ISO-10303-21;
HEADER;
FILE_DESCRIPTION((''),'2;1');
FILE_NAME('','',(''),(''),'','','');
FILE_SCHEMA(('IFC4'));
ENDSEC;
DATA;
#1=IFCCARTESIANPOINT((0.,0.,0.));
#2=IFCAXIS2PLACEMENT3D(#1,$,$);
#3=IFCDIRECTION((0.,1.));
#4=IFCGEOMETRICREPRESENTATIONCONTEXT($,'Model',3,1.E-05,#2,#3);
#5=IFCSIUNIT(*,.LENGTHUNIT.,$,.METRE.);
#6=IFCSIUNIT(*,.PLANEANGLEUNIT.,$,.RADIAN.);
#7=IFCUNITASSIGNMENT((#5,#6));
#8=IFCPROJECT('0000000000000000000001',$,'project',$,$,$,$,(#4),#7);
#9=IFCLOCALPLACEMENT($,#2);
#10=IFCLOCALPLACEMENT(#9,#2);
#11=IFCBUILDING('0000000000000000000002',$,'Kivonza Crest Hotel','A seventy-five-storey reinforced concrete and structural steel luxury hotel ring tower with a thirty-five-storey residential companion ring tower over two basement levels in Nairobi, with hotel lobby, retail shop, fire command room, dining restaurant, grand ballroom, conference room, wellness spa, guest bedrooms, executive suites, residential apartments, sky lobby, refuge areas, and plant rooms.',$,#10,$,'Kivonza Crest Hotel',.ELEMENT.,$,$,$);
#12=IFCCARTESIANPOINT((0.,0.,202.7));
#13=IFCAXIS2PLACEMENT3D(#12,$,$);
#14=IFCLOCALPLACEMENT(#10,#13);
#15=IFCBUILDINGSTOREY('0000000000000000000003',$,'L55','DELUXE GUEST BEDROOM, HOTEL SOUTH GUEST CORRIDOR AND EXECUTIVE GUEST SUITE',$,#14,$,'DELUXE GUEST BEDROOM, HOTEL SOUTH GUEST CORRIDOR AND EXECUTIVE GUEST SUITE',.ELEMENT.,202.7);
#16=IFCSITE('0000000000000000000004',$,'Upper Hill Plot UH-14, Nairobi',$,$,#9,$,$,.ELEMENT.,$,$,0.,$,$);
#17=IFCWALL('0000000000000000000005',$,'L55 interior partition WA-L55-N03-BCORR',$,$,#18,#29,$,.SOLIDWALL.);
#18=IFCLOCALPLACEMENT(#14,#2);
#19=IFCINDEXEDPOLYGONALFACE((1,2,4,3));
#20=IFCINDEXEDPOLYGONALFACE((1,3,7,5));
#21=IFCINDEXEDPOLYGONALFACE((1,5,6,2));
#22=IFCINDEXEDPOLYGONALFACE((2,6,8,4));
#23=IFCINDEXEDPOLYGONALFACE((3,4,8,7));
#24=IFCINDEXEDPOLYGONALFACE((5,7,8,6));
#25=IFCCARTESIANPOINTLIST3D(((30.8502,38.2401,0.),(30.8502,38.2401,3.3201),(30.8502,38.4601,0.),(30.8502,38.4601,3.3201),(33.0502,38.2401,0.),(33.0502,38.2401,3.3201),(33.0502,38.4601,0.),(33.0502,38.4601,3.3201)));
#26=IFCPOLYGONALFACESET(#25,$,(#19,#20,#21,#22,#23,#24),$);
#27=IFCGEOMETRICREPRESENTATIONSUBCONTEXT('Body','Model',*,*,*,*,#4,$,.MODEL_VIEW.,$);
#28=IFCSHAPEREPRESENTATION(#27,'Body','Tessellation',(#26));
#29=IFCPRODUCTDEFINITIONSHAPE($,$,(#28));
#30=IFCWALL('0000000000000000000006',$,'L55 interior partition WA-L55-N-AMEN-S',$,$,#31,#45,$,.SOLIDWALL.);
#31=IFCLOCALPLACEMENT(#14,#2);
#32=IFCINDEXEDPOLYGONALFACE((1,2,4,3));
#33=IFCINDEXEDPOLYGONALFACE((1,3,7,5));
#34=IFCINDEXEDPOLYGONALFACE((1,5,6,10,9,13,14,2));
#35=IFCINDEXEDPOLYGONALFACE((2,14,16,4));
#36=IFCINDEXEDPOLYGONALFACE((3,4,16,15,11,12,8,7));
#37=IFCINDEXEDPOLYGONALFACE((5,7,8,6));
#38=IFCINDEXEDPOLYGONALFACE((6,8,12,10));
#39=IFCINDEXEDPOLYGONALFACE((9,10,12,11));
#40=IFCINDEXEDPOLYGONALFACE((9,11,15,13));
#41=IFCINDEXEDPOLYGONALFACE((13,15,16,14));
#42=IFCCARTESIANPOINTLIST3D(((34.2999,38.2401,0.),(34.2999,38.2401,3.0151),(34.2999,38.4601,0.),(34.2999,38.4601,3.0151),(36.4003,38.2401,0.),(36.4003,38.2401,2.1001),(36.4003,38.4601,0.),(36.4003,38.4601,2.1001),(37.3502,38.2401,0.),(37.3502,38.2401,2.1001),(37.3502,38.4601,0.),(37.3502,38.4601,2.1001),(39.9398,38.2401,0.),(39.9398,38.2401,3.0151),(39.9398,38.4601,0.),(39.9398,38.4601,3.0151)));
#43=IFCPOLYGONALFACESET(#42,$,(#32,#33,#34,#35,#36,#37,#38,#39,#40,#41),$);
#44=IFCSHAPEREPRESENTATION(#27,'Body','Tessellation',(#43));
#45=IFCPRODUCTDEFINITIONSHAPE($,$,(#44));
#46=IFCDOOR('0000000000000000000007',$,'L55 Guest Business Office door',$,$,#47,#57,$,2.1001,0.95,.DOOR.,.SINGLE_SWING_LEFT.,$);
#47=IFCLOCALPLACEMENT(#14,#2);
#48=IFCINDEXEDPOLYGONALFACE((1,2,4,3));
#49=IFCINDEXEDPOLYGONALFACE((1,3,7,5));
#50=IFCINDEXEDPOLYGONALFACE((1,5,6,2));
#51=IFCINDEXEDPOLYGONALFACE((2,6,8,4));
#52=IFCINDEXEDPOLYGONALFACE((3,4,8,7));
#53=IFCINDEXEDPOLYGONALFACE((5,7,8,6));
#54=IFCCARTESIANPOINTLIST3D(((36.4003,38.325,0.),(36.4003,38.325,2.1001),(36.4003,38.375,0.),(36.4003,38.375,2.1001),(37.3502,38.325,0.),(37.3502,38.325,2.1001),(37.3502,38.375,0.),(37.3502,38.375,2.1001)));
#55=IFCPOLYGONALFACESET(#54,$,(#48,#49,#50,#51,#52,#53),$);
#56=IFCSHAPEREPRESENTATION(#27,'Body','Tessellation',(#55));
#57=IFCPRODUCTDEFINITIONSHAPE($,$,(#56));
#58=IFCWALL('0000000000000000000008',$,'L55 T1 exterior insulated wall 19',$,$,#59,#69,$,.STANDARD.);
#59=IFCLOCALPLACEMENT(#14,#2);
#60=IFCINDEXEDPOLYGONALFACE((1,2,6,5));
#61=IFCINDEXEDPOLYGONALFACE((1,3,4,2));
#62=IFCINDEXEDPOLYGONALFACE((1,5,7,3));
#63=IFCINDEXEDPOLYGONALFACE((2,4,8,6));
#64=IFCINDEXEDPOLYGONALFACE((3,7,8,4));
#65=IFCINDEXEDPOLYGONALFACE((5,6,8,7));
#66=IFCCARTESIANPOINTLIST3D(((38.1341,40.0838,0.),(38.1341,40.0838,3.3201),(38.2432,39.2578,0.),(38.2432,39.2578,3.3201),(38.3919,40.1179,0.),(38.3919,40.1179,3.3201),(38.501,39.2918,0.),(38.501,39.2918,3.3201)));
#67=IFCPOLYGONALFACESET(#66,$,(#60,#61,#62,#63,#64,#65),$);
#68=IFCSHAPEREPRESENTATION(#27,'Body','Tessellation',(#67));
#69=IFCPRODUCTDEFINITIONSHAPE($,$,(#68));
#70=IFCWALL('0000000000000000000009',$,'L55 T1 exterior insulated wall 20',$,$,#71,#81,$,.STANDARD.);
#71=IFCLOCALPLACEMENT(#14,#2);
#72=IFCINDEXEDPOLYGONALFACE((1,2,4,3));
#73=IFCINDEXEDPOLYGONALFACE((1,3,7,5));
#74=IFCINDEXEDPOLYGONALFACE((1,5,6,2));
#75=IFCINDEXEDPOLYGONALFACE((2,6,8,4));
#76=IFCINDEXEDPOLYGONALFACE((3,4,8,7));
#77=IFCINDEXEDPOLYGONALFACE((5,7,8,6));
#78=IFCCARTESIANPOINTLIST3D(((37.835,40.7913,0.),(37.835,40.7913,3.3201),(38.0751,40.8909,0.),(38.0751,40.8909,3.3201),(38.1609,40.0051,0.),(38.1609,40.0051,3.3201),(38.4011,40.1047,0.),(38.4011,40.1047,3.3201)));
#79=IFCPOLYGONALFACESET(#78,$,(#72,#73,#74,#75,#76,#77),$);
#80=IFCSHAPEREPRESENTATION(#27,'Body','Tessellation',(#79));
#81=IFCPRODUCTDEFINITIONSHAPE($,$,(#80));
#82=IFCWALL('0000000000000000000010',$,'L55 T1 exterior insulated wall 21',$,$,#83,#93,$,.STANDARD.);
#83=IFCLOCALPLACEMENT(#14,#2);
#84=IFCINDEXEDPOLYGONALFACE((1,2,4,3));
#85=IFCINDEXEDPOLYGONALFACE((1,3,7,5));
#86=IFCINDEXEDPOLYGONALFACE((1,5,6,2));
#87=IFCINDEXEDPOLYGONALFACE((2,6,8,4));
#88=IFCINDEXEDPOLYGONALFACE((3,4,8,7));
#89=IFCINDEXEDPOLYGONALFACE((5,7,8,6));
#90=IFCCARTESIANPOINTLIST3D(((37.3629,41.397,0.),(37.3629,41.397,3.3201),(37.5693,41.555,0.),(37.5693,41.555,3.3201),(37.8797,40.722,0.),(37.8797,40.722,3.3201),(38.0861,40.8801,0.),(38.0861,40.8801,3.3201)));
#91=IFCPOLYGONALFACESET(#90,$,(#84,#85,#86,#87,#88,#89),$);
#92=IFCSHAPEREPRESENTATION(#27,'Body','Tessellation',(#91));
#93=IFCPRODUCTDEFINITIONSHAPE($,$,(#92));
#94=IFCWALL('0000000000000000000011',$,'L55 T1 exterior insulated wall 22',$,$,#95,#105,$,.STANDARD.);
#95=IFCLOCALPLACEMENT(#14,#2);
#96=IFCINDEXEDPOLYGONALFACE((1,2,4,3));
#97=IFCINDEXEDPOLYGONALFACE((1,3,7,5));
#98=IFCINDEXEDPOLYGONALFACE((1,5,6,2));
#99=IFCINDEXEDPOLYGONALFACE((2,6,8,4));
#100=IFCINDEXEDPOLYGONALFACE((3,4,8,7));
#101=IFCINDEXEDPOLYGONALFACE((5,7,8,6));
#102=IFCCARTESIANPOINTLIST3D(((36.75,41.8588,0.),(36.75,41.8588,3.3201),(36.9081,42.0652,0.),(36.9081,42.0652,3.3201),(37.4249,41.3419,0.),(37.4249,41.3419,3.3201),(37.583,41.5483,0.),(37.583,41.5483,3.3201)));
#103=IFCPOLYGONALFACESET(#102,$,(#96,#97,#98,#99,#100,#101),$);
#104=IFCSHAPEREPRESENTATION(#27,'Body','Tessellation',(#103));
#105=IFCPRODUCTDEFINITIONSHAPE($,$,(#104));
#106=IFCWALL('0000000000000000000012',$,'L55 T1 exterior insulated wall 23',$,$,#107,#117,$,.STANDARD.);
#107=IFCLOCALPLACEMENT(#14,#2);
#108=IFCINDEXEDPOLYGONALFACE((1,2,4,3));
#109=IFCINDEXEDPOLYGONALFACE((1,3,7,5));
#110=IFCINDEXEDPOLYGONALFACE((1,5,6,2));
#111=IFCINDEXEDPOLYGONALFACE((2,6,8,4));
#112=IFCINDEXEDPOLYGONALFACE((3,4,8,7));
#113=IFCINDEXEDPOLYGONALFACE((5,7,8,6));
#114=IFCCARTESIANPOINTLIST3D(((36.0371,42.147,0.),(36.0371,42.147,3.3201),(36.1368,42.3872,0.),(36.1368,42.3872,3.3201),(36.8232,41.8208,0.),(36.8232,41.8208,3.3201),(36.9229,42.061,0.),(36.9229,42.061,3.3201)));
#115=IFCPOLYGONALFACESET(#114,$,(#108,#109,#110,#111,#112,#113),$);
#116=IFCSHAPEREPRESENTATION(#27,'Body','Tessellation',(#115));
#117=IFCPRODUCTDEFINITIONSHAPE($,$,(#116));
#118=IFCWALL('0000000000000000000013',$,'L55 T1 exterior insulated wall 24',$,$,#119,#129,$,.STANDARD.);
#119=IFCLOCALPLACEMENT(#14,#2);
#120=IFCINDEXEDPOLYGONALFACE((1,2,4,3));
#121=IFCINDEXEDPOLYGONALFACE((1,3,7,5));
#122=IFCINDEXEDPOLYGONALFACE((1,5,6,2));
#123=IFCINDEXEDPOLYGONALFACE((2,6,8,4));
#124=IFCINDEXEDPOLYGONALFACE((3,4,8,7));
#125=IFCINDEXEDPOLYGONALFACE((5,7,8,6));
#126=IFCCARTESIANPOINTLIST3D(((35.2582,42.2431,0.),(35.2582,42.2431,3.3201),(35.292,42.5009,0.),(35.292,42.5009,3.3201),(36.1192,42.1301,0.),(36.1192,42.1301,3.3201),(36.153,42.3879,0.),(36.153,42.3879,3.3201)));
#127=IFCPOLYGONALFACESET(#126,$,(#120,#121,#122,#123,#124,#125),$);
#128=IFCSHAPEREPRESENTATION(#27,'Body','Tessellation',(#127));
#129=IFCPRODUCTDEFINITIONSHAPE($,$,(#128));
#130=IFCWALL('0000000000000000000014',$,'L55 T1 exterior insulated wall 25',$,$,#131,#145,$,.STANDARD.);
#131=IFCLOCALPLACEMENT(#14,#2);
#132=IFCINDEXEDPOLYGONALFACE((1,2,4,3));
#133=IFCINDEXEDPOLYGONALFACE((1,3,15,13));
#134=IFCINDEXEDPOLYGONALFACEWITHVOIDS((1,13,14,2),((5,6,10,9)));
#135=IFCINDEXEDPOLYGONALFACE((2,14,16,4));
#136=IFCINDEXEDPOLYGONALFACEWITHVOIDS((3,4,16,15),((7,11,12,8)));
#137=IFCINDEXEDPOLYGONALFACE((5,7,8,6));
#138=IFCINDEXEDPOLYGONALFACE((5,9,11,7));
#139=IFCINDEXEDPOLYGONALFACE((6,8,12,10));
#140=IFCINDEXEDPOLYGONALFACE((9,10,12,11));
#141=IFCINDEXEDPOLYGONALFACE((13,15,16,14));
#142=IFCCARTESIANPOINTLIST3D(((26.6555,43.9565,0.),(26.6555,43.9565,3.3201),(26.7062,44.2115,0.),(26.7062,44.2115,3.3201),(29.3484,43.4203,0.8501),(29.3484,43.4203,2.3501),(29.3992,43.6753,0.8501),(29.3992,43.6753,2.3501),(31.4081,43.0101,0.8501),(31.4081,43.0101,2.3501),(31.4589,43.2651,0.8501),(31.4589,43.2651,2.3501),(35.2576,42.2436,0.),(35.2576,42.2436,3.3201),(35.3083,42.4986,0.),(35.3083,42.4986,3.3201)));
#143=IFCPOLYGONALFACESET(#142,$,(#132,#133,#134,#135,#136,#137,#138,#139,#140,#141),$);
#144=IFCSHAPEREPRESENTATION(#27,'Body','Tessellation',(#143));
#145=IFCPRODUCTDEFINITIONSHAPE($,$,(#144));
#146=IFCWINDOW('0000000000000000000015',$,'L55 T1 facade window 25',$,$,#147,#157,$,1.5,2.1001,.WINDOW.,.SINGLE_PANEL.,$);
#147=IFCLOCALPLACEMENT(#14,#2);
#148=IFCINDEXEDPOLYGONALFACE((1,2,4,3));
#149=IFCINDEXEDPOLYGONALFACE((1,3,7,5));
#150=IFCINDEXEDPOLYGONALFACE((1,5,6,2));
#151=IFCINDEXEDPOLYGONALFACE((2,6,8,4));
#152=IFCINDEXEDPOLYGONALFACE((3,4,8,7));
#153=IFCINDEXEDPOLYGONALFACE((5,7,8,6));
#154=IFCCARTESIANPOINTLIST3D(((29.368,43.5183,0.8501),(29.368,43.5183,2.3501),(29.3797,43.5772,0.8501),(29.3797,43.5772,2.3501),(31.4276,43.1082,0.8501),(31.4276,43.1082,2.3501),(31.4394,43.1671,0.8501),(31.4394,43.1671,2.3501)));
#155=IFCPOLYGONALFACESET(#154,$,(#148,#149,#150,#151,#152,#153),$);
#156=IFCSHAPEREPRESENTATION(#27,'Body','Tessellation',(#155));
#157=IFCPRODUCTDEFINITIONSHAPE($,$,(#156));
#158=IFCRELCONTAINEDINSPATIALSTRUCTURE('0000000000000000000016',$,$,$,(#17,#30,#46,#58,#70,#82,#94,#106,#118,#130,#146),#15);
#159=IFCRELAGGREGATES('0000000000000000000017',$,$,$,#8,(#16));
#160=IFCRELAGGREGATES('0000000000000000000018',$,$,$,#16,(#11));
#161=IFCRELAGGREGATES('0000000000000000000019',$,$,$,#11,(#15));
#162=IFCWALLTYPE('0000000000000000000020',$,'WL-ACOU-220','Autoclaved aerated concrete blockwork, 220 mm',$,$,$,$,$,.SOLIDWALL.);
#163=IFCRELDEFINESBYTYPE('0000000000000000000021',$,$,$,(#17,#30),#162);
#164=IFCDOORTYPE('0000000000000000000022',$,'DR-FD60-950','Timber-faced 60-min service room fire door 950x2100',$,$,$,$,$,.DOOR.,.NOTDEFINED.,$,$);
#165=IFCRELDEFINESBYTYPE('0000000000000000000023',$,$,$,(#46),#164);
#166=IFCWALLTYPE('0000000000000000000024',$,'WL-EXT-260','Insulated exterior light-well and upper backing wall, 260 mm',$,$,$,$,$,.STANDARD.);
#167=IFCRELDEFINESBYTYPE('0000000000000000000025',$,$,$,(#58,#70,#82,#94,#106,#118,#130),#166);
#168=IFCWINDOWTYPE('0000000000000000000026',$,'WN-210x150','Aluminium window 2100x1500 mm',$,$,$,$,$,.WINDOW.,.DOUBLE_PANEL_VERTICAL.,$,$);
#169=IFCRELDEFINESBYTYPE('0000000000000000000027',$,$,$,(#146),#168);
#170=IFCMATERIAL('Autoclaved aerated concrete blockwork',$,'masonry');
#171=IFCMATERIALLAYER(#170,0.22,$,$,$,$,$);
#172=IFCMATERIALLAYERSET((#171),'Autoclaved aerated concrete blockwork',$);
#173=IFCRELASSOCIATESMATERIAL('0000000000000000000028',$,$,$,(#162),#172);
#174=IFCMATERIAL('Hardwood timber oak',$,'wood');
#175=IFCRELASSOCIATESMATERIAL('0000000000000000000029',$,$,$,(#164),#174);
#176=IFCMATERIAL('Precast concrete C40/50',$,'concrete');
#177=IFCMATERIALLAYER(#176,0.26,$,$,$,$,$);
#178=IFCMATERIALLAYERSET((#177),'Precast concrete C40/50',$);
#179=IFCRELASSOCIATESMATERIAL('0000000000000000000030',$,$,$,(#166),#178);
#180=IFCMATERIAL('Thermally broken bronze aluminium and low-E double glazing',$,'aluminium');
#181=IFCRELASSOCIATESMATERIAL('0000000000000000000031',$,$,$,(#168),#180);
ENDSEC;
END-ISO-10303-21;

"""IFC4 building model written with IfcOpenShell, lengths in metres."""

from ifc_helpers import new_model, si_unit, direction, frame, frame_2d, origin, place, context, subcontext, project, spatial, rectangle, extrude, material, layer, layer_set, type_object, element, fill, save


model = new_model("IFC4")

# Units and contexts
model_context = context("Model", 3, precision=1e-05, world=origin(), true_north=direction((0.0, 1.0)))
body_context = subcontext(model_context, "Body", "Model", "MODEL_VIEW")
ifc_project = project(units=[si_unit("LENGTHUNIT", "METRE"), si_unit("PLANEANGLEUNIT", "RADIAN")], contexts=[model_context])

# Site, building, storey
site_placement = place(None, origin())
site = spatial("IfcSite", under=ifc_project, at=site_placement, Name="Upper Hill Plot UH-14, Nairobi", CompositionType="ELEMENT", RefElevation=0.0)
building_placement = place(site_placement, origin())
building = spatial("IfcBuilding", under=site, at=building_placement, Name="Kivonza Crest Hotel", Description="A seventy-five-storey reinforced concrete and structural steel luxury hotel ring tower with a thirty-five-storey residential companion ring tower over two basement levels in Nairobi, with hotel lobby, retail shop, fire command room, dining restaurant, grand ballroom, conference room, wellness spa, guest bedrooms, executive suites, residential apartments, sky lobby, refuge areas, and plant rooms.", LongName="Kivonza Crest Hotel", CompositionType="ELEMENT")
storey_placement = place(building_placement, frame((0.0, 0.0, 202.7)))
storey = spatial("IfcBuildingStorey", under=building, at=storey_placement, Name="L55", Description="DELUXE GUEST BEDROOM, HOTEL SOUTH GUEST CORRIDOR AND EXECUTIVE GUEST SUITE", LongName="DELUXE GUEST BEDROOM, HOTEL SOUTH GUEST CORRIDOR AND EXECUTIVE GUEST SUITE", CompositionType="ELEMENT", Elevation=202.7)

# Wall
ifc_material_1 = material(Name="Autoclaved aerated concrete blockwork", Category="masonry")
ifc_layer_1 = layer(ifc_material_1, 0.22)
ifc_layer_set_1 = layer_set([ifc_layer_1], Name="Autoclaved aerated concrete blockwork")
wall_type_1 = type_object("IfcWallType", Name="WL-ACOU-220", Description="Autoclaved aerated concrete blockwork, 220 mm", PredefinedType="SOLIDWALL", material=ifc_layer_set_1)
wall_1_placement = place(storey_placement, frame((30.8501, 38.3501, 0.0), z_axis=(0.0, 0.0, 1.0), x_axis=(1.0, 0.0, 0.0)))
element("IfcWall", 1, at=wall_1_placement, inside=storey, type_object=wall_type_1, Name="L55 interior partition WA-L55-N03-BCORR", PredefinedType="SOLIDWALL", context=body_context, shape_type="SweptSolid", body=[
    extrude(rectangle(XDim=2.2, YDim=0.22, at=frame_2d((1.1001, 0.0))), origin(), (0.0, 0.0, 1.0), 3.3201),
])

# Wall, opening, door
wall_2_placement = place(storey_placement, frame((34.3, 38.3501, 0.0), z_axis=(0.0, 0.0, 1.0), x_axis=(1.0, 0.0, 0.0)))
wall_2 = element("IfcWall", 2, at=wall_2_placement, inside=storey, type_object=wall_type_1, Name="L55 interior partition WA-L55-N-AMEN-S", PredefinedType="SOLIDWALL", context=body_context, shape_type="SweptSolid", body=[
    extrude(rectangle(XDim=5.6399, YDim=0.22, at=frame_2d((2.8198, 0.0))), origin(), (0.0, 0.0, 1.0), 3.0151),
])
opening_1_placement = place(wall_2_placement, frame((2.1001, 0.0, 0.0)))
opening_1 = element("IfcOpeningElement", 3, at=opening_1_placement, cuts=wall_2, PredefinedType="OPENING", context=body_context, shape_type="SweptSolid", body=[
    extrude(rectangle(XDim=0.95, YDim=2.1001, at=frame_2d((0.4751, 1.05))), frame((0.0, 0.1201, 0.0), z_axis=(0.0, -1.0, 0.0), x_axis=(1.0, 0.0, 0.0)), (0.0, 0.0, 1.0), 0.24),
])
ifc_material_2 = material(Name="Hardwood timber oak", Category="wood")
door_type_1 = type_object("IfcDoorType", Name="DR-FD60-950", Description="Timber-faced 60-min service room fire door 950x2100", OperationType="NOTDEFINED", PredefinedType="DOOR", material=ifc_material_2)
door_1_placement = place(opening_1_placement, origin())
door_1 = element("IfcDoor", 4, at=door_1_placement, inside=storey, type_object=door_type_1, Name="L55 Guest Business Office door", OperationType="SINGLE_SWING_LEFT", OverallHeight=2.1001, OverallWidth=0.95, PredefinedType="DOOR", context=body_context, shape_type="SweptSolid", body=[
    extrude(rectangle(XDim=0.95, YDim=2.1001, at=frame_2d((0.4751, 1.05))), frame((0.0, 0.0249, 0.0), z_axis=(0.0, -1.0, 0.0), x_axis=(1.0, 0.0, 0.0)), (0.0, 0.0, 1.0), 0.05),
])
fill(opening_1, door_1)

# Walls
ifc_material_3 = material(Name="Precast concrete C40/50", Category="concrete")
ifc_layer_2 = layer(ifc_material_3, 0.26)
ifc_layer_set_2 = layer_set([ifc_layer_2], Name="Precast concrete C40/50")
wall_type_2 = type_object("IfcWallType", Name="WL-EXT-260", Description="Insulated exterior light-well and upper backing wall, 260 mm", PredefinedType="STANDARD", material=ifc_layer_set_2)
wall_3_placement = place(storey_placement, frame((38.3721, 39.2749, 0.0), z_axis=(0.0, 0.0, 1.0), x_axis=(-0.130955, 0.991388, 0.0)))
element("IfcWall", 5, at=wall_3_placement, inside=storey, type_object=wall_type_2, Name="L55 T1 exterior insulated wall 19", PredefinedType="STANDARD", context=body_context, shape_type="SweptSolid", body=[
    extrude(rectangle(XDim=0.8333, YDim=0.26, at=frame_2d((0.4165, 0.0))), origin(), (0.0, 0.0, 1.0), 3.3201),
])
wall_4_placement = place(storey_placement, frame((38.281, 40.0549, 0.0), z_axis=(0.0, 0.0, 1.0), x_axis=(-0.382985, 0.923754, 0.0)))
element("IfcWall", 6, at=wall_4_placement, inside=storey, type_object=wall_type_2, Name="L55 T1 exterior insulated wall 20", PredefinedType="STANDARD", context=body_context, shape_type="SweptSolid", body=[
    extrude(rectangle(XDim=0.8511, YDim=0.26, at=frame_2d((0.4255, 0.0))), origin(), (0.0, 0.0, 1.0), 3.3201),
])
for number, where, z_axis, x_axis, name in (
    (7, (37.9829, 40.801, 0.0), (0.0, 0.0, 1.0), (-0.607919, 0.793999, 0.0), "L55 T1 exterior insulated wall 21"),
    (8, (37.5039, 41.4451, 0.0), (0.0, 0.0, 1.0), (-0.793893, 0.608058, 0.0), "L55 T1 exterior insulated wall 22"),
):
    element("IfcWall", number, at=place(storey_placement, frame(where, z_axis=z_axis, x_axis=x_axis)), inside=storey, type_object=wall_type_2, Name=name, PredefinedType="STANDARD", context=body_context, shape_type="SweptSolid", body=[
        extrude(rectangle(XDim=0.8501, YDim=0.26, at=frame_2d((0.425, 0.0))), origin(), (0.0, 0.0, 1.0), 3.3201),
    ])
wall_5_placement = place(storey_placement, frame((36.873, 41.9409, 0.0), z_axis=(0.0, 0.0, 1.0), x_axis=(-0.923653, 0.38323, 0.0)))
element("IfcWall", 9, at=wall_5_placement, inside=storey, type_object=wall_type_2, Name="L55 T1 exterior insulated wall 23", PredefinedType="STANDARD", context=body_context, shape_type="SweptSolid", body=[
    extrude(rectangle(XDim=0.8511, YDim=0.26, at=frame_2d((0.4255, 0.0))), origin(), (0.0, 0.0, 1.0), 3.3201),
])
wall_6_placement = place(storey_placement, frame((36.136, 42.259, 0.0), z_axis=(0.0, 0.0, 1.0), x_axis=(-0.991493, 0.130156, 0.0)))
element("IfcWall", 10, at=wall_6_placement, inside=storey, type_object=wall_type_2, Name="L55 T1 exterior insulated wall 24", PredefinedType="STANDARD", context=body_context, shape_type="SweptSolid", body=[
    extrude(rectangle(XDim=0.8684, YDim=0.26, at=frame_2d((0.4341, 0.0))), origin(), (0.0, 0.0, 1.0), 3.3201),
])

# Wall, opening, window
wall_7_placement = place(storey_placement, frame((35.283, 42.3711, 0.0), z_axis=(0.0, 0.0, 1.0), x_axis=(-0.980745, 0.195292, 0.0)))
wall_7 = element("IfcWall", 11, at=wall_7_placement, inside=storey, type_object=wall_type_2, Name="L55 T1 exterior insulated wall 25", PredefinedType="STANDARD", context=body_context, shape_type="SweptSolid", body=[
    extrude(rectangle(XDim=8.771, YDim=0.26, at=frame_2d((4.3855, 0.0))), origin(), (0.0, 0.0, 1.0), 3.3201),
])
opening_2_placement = place(wall_7_placement, frame((3.925, 0.0, 0.8501)))
opening_2 = element("IfcOpeningElement", 12, at=opening_2_placement, cuts=wall_7, PredefinedType="OPENING", context=body_context, shape_type="SweptSolid", body=[
    extrude(rectangle(XDim=2.1001, YDim=1.5, at=frame_2d((1.05, 0.75))), frame((0.0, 0.1401, 0.0), z_axis=(0.0, -1.0, 0.0), x_axis=(1.0, 0.0, 0.0)), (0.0, 0.0, 1.0), 0.28),
])
ifc_material_4 = material(Name="Thermally broken bronze aluminium and low-E double glazing", Category="aluminium")
window_type = type_object("IfcWindowType", Name="WN-210x150", Description="Aluminium window 2100x1500 mm", PartitioningType="DOUBLE_PANEL_VERTICAL", PredefinedType="WINDOW", material=ifc_material_4)
window_placement = place(opening_2_placement, origin())
window = element("IfcWindow", 13, at=window_placement, inside=storey, type_object=window_type, Name="L55 T1 facade window 25", OverallHeight=1.5, OverallWidth=2.1001, PartitioningType="SINGLE_PANEL", PredefinedType="WINDOW", context=body_context, shape_type="SweptSolid", body=[
    extrude(rectangle(XDim=2.1001, YDim=1.5, at=frame_2d((1.05, 0.75))), frame((0.0, 0.03, 0.0), z_axis=(0.0, -1.0, 0.0), x_axis=(1.0, 0.0, 0.0)), (0.0, 0.0, 1.0), 0.0601),
])
fill(opening_2, window)

save(model, "model.ifc")
